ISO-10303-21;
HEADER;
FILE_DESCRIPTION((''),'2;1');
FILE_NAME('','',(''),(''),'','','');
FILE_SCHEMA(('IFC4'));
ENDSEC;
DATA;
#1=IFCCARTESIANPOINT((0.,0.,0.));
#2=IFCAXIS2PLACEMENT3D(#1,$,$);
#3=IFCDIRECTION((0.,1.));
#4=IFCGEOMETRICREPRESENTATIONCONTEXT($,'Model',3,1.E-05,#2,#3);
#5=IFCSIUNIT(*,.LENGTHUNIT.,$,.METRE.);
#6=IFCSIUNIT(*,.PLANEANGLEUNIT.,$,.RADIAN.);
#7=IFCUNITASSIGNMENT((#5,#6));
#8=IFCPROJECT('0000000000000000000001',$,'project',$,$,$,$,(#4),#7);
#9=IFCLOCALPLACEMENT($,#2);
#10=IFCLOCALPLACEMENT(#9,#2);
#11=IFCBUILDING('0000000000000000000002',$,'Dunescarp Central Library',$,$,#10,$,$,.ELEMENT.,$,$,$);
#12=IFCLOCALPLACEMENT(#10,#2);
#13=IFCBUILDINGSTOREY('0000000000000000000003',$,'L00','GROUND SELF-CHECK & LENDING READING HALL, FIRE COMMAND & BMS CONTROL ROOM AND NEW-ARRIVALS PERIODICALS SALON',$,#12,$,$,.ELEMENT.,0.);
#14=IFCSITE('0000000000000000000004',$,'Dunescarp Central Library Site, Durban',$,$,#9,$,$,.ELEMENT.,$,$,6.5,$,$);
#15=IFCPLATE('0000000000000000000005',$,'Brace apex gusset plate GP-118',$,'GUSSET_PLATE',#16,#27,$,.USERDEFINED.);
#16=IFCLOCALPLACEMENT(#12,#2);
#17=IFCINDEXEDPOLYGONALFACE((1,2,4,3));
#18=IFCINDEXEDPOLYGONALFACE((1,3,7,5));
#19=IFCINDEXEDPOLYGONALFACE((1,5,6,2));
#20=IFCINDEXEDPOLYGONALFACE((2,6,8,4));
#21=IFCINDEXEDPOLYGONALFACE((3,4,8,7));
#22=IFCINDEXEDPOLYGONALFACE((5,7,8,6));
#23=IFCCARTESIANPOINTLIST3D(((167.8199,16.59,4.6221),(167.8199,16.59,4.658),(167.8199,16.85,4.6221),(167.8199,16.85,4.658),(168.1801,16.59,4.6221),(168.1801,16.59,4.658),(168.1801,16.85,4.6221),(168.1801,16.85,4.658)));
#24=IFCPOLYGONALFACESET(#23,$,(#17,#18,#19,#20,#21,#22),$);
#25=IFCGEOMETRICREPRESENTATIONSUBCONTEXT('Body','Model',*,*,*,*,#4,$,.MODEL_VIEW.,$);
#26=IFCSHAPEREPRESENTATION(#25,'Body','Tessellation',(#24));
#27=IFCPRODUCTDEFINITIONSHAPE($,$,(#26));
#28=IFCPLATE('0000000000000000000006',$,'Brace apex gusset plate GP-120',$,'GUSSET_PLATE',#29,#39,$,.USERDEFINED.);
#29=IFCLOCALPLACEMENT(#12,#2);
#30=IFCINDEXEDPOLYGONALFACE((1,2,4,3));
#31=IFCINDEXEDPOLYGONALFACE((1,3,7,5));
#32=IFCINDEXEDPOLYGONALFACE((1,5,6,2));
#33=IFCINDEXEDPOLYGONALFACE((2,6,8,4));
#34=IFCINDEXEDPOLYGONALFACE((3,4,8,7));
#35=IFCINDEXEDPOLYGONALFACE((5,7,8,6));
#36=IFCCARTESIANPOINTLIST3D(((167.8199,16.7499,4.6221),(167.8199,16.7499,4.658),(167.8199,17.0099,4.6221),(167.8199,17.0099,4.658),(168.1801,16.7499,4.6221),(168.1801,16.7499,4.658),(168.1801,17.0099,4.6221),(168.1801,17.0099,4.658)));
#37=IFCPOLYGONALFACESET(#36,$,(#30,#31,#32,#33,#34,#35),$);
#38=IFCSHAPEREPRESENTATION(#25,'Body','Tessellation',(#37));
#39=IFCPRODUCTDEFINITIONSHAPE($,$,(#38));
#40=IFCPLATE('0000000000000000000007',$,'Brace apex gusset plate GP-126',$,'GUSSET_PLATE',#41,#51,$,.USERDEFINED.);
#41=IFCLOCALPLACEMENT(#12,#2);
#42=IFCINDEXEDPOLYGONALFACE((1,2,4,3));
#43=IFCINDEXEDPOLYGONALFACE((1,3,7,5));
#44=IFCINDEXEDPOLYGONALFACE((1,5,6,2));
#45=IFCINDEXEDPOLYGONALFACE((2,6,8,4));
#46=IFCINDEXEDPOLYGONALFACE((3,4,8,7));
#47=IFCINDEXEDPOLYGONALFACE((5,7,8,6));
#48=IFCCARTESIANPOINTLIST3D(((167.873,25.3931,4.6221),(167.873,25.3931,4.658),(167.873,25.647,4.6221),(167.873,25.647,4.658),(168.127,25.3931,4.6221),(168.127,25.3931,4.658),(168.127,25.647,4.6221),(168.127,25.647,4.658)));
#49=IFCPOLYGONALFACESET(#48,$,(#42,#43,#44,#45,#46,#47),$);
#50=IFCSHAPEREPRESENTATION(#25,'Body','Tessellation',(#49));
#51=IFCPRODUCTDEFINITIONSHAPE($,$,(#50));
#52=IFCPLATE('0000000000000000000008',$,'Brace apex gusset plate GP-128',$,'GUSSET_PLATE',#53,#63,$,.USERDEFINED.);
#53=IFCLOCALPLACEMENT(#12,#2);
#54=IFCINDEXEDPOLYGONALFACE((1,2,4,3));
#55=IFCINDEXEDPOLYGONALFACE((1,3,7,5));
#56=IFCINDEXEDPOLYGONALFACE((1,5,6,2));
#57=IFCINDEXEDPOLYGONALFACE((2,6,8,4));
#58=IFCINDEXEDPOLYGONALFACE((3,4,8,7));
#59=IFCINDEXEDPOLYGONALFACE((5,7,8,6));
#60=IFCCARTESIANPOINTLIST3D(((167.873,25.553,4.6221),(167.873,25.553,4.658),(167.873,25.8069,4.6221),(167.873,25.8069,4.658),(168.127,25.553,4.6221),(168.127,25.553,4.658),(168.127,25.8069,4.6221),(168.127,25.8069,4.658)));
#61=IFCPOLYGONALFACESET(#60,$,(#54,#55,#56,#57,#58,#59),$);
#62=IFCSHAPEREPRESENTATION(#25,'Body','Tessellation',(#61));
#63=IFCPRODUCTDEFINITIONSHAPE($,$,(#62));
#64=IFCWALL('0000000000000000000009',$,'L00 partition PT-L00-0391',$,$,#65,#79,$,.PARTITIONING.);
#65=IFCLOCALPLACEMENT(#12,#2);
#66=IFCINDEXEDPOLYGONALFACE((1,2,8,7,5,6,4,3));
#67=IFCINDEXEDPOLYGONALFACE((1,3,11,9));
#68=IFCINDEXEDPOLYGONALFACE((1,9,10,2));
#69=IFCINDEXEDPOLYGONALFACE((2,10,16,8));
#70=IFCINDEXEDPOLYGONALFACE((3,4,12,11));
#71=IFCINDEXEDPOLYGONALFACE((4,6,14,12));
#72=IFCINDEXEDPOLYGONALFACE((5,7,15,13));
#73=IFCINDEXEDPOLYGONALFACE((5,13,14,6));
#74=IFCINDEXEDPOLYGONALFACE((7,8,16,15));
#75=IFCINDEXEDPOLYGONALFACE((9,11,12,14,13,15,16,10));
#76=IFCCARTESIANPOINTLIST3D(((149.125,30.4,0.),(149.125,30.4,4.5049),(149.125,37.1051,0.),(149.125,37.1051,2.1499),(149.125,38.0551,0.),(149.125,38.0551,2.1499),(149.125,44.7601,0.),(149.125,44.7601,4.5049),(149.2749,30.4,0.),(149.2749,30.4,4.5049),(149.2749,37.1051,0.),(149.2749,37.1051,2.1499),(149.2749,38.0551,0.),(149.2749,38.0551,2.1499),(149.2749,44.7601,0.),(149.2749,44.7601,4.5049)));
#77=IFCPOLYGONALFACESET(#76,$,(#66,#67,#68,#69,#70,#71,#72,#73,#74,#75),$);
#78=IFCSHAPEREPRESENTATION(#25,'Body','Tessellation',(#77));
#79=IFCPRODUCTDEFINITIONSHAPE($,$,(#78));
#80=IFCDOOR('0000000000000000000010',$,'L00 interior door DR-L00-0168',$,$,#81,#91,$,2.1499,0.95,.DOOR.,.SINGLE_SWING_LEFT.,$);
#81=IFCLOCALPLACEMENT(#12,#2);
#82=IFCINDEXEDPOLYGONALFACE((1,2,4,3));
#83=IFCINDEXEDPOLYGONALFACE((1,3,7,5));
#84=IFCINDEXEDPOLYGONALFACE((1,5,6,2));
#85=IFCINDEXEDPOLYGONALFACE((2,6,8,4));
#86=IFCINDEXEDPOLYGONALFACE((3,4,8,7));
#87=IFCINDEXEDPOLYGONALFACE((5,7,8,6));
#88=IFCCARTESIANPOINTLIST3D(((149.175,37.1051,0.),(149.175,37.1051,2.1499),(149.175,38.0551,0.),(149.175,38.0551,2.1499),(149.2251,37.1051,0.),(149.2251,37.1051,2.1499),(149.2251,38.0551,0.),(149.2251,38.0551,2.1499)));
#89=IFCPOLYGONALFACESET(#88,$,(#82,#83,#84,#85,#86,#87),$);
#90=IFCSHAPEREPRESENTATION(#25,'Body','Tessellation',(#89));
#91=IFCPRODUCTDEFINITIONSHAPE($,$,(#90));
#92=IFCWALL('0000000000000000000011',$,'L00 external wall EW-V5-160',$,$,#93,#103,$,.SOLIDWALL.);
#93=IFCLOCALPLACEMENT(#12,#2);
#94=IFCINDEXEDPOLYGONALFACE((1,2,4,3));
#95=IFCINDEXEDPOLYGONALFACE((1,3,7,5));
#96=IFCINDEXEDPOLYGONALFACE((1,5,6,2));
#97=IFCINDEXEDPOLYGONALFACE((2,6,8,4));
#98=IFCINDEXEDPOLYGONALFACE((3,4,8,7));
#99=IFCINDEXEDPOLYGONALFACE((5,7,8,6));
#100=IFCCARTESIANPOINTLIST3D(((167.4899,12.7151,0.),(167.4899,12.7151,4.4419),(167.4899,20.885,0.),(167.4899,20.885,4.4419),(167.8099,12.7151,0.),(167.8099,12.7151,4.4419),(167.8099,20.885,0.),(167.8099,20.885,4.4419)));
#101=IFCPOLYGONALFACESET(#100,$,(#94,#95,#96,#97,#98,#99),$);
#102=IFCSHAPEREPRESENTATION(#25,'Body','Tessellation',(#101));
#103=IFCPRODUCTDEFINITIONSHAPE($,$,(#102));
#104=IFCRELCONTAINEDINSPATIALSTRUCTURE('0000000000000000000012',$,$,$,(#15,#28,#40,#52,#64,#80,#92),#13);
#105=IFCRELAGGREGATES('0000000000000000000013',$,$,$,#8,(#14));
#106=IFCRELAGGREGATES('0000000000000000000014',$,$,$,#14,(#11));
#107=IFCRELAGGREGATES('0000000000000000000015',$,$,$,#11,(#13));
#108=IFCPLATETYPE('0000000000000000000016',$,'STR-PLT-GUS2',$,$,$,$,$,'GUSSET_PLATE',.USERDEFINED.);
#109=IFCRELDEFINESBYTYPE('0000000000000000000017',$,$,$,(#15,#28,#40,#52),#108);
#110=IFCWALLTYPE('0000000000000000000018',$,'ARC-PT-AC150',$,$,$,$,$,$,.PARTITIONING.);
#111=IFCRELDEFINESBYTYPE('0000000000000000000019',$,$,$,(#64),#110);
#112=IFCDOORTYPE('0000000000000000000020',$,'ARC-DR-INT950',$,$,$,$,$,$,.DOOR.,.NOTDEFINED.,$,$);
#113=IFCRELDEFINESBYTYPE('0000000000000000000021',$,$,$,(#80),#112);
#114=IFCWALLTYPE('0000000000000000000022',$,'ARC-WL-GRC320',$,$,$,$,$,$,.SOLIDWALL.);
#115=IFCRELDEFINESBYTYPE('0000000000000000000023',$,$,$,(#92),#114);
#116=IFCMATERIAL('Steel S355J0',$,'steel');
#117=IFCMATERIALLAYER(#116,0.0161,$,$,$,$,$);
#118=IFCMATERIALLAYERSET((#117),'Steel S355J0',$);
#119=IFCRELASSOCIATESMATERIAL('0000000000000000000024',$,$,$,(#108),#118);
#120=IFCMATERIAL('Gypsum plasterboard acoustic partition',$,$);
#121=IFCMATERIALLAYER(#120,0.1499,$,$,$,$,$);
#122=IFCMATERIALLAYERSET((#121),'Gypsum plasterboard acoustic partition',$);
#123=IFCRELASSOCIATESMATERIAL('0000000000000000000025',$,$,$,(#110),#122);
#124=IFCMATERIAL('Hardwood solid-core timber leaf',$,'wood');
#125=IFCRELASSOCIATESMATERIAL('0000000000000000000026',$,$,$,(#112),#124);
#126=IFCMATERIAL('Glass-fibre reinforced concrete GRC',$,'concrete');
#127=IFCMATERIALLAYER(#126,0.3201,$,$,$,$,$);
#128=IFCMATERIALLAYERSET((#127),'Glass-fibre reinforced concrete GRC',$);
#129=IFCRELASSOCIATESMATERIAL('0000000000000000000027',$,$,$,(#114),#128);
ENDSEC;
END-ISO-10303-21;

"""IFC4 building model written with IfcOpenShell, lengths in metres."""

from ifc_helpers import new_model, si_unit, direction, frame, frame_2d, origin, origin_2d, place, context, subcontext, project, spatial, rectangle, extrude, material, layer, layer_set, type_object, element, fill, save


model = new_model("IFC4")

# Units and contexts
model_context = context("Model", 3, precision=1e-05, world=origin(), true_north=direction((0.0, 1.0)))
body_context = subcontext(model_context, "Body", "Model", "MODEL_VIEW")
ifc_project = project(units=[si_unit("LENGTHUNIT", "METRE"), si_unit("PLANEANGLEUNIT", "RADIAN")], contexts=[model_context])

# Site, building, storey
site_placement = place(None, origin())
site = spatial("IfcSite", under=ifc_project, at=site_placement, Name="Dunescarp Central Library Site, Durban", CompositionType="ELEMENT", RefElevation=6.5)
building_placement = place(site_placement, origin())
building = spatial("IfcBuilding", under=site, at=building_placement, Name="Dunescarp Central Library", CompositionType="ELEMENT")
storey_placement = place(building_placement, origin())
storey = spatial("IfcBuildingStorey", under=building, at=storey_placement, Name="L00", Description="GROUND SELF-CHECK & LENDING READING HALL, FIRE COMMAND & BMS CONTROL ROOM AND NEW-ARRIVALS PERIODICALS SALON", CompositionType="ELEMENT", Elevation=0.0)

# Shared definitions
ifc_material_1 = material(Name="Steel S355J0", Category="steel")

# Plates
ifc_layer_1 = layer(ifc_material_1, 0.0161)
ifc_layer_set_1 = layer_set([ifc_layer_1], Name="Steel S355J0")
plate_type_1 = type_object("IfcPlateType", Name="STR-PLT-GUS2", ElementType="GUSSET_PLATE", PredefinedType="USERDEFINED", material=ifc_layer_set_1)
for number, where, z_axis, x_axis, name in (
    (1, (168.0, 16.72, 4.6221), (0.0, 0.0, 1.0), (1.0, 0.0, 0.0), "Brace apex gusset plate GP-118"),
    (2, (168.0, 16.8799, 4.6221), (0.0, 0.0, 1.0), (1.0, 0.0, 0.0), "Brace apex gusset plate GP-120"),
):
    element("IfcPlate", number, at=place(storey_placement, frame(where, z_axis=z_axis, x_axis=x_axis)), inside=storey, type_object=plate_type_1, Name=name, ObjectType="GUSSET_PLATE", PredefinedType="USERDEFINED", context=body_context, shape_type="SweptSolid", body=[
        extrude(rectangle(XDim=0.3601, YDim=0.26, at=origin_2d()), origin(), (0.0, 0.0, 1.0), 0.0359),
    ])
for number, where, z_axis, x_axis, name in (
    (3, (168.0, 25.52, 4.6221), (0.0, 0.0, 1.0), (1.0, 0.0, 0.0), "Brace apex gusset plate GP-126"),
    (4, (168.0, 25.6799, 4.6221), (0.0, 0.0, 1.0), (1.0, 0.0, 0.0), "Brace apex gusset plate GP-128"),
):
    element("IfcPlate", number, at=place(storey_placement, frame(where, z_axis=z_axis, x_axis=x_axis)), inside=storey, type_object=plate_type_1, Name=name, ObjectType="GUSSET_PLATE", PredefinedType="USERDEFINED", context=body_context, shape_type="SweptSolid", body=[
        extrude(rectangle(XDim=0.2539, YDim=0.2539, at=origin_2d()), origin(), (0.0, 0.0, 1.0), 0.0359),
    ])

# Wall, opening, door
ifc_material_2 = material(Name="Gypsum plasterboard acoustic partition")
ifc_layer_2 = layer(ifc_material_2, 0.1499)
ifc_layer_set_2 = layer_set([ifc_layer_2], Name="Gypsum plasterboard acoustic partition")
wall_type_1 = type_object("IfcWallType", Name="ARC-PT-AC150", PredefinedType="PARTITIONING", material=ifc_layer_set_2)
wall_1_placement = place(storey_placement, frame((149.2, 30.3999, 0.0), z_axis=(0.0, 0.0, 1.0), x_axis=(0.0, 1.0, 0.0)))
wall_1 = element("IfcWall", 5, at=wall_1_placement, inside=storey, type_object=wall_type_1, Name="L00 partition PT-L00-0391", PredefinedType="PARTITIONING", context=body_context, shape_type="SweptSolid", body=[
    extrude(rectangle(XDim=14.3601, YDim=0.1499, at=frame_2d((7.1802, 0.0))), origin(), (0.0, 0.0, 1.0), 4.5049),
])
opening_placement = place(wall_1_placement, frame((6.7051, 0.0, 0.0)))
opening = element("IfcOpeningElement", 6, at=opening_placement, cuts=wall_1, PredefinedType="OPENING", context=body_context, shape_type="SweptSolid", body=[
    extrude(rectangle(XDim=0.95, YDim=2.1499, at=frame_2d((0.4751, 1.075))), frame((0.0, 0.085, 0.0), z_axis=(0.0, -1.0, 0.0), x_axis=(1.0, 0.0, 0.0)), (0.0, 0.0, 1.0), 0.1699),
])
ifc_material_3 = material(Name="Hardwood solid-core timber leaf", Category="wood")
door_type = type_object("IfcDoorType", Name="ARC-DR-INT950", OperationType="NOTDEFINED", PredefinedType="DOOR", material=ifc_material_3)
door_placement = place(opening_placement, origin())
door = element("IfcDoor", 7, at=door_placement, inside=storey, type_object=door_type, Name="L00 interior door DR-L00-0168", OperationType="SINGLE_SWING_LEFT", OverallHeight=2.1499, OverallWidth=0.95, PredefinedType="DOOR", context=body_context, shape_type="SweptSolid", body=[
    extrude(rectangle(XDim=0.95, YDim=2.1499, at=frame_2d((0.4751, 1.075))), frame((0.0, 0.0249, 0.0), z_axis=(0.0, -1.0, 0.0), x_axis=(1.0, 0.0, 0.0)), (0.0, 0.0, 1.0), 0.05),
])
fill(opening, door)

# Wall
ifc_material_4 = material(Name="Glass-fibre reinforced concrete GRC", Category="concrete")
ifc_layer_3 = layer(ifc_material_4, 0.3201)
ifc_layer_set_3 = layer_set([ifc_layer_3], Name="Glass-fibre reinforced concrete GRC")
wall_type_2 = type_object("IfcWallType", Name="ARC-WL-GRC320", PredefinedType="SOLIDWALL", material=ifc_layer_set_3)
wall_2_placement = place(storey_placement, frame((167.6499, 20.885, 0.0), z_axis=(0.0, 0.0, 1.0), x_axis=(0.0, -1.0, 0.0)))
element("IfcWall", 8, at=wall_2_placement, inside=storey, type_object=wall_type_2, Name="L00 external wall EW-V5-160", PredefinedType="SOLIDWALL", context=body_context, shape_type="SweptSolid", body=[
    extrude(rectangle(XDim=8.1699, YDim=0.3201, at=frame_2d((4.085, 0.0))), origin(), (0.0, 0.0, 1.0), 4.4419),
])

save(model, "model.ifc")
